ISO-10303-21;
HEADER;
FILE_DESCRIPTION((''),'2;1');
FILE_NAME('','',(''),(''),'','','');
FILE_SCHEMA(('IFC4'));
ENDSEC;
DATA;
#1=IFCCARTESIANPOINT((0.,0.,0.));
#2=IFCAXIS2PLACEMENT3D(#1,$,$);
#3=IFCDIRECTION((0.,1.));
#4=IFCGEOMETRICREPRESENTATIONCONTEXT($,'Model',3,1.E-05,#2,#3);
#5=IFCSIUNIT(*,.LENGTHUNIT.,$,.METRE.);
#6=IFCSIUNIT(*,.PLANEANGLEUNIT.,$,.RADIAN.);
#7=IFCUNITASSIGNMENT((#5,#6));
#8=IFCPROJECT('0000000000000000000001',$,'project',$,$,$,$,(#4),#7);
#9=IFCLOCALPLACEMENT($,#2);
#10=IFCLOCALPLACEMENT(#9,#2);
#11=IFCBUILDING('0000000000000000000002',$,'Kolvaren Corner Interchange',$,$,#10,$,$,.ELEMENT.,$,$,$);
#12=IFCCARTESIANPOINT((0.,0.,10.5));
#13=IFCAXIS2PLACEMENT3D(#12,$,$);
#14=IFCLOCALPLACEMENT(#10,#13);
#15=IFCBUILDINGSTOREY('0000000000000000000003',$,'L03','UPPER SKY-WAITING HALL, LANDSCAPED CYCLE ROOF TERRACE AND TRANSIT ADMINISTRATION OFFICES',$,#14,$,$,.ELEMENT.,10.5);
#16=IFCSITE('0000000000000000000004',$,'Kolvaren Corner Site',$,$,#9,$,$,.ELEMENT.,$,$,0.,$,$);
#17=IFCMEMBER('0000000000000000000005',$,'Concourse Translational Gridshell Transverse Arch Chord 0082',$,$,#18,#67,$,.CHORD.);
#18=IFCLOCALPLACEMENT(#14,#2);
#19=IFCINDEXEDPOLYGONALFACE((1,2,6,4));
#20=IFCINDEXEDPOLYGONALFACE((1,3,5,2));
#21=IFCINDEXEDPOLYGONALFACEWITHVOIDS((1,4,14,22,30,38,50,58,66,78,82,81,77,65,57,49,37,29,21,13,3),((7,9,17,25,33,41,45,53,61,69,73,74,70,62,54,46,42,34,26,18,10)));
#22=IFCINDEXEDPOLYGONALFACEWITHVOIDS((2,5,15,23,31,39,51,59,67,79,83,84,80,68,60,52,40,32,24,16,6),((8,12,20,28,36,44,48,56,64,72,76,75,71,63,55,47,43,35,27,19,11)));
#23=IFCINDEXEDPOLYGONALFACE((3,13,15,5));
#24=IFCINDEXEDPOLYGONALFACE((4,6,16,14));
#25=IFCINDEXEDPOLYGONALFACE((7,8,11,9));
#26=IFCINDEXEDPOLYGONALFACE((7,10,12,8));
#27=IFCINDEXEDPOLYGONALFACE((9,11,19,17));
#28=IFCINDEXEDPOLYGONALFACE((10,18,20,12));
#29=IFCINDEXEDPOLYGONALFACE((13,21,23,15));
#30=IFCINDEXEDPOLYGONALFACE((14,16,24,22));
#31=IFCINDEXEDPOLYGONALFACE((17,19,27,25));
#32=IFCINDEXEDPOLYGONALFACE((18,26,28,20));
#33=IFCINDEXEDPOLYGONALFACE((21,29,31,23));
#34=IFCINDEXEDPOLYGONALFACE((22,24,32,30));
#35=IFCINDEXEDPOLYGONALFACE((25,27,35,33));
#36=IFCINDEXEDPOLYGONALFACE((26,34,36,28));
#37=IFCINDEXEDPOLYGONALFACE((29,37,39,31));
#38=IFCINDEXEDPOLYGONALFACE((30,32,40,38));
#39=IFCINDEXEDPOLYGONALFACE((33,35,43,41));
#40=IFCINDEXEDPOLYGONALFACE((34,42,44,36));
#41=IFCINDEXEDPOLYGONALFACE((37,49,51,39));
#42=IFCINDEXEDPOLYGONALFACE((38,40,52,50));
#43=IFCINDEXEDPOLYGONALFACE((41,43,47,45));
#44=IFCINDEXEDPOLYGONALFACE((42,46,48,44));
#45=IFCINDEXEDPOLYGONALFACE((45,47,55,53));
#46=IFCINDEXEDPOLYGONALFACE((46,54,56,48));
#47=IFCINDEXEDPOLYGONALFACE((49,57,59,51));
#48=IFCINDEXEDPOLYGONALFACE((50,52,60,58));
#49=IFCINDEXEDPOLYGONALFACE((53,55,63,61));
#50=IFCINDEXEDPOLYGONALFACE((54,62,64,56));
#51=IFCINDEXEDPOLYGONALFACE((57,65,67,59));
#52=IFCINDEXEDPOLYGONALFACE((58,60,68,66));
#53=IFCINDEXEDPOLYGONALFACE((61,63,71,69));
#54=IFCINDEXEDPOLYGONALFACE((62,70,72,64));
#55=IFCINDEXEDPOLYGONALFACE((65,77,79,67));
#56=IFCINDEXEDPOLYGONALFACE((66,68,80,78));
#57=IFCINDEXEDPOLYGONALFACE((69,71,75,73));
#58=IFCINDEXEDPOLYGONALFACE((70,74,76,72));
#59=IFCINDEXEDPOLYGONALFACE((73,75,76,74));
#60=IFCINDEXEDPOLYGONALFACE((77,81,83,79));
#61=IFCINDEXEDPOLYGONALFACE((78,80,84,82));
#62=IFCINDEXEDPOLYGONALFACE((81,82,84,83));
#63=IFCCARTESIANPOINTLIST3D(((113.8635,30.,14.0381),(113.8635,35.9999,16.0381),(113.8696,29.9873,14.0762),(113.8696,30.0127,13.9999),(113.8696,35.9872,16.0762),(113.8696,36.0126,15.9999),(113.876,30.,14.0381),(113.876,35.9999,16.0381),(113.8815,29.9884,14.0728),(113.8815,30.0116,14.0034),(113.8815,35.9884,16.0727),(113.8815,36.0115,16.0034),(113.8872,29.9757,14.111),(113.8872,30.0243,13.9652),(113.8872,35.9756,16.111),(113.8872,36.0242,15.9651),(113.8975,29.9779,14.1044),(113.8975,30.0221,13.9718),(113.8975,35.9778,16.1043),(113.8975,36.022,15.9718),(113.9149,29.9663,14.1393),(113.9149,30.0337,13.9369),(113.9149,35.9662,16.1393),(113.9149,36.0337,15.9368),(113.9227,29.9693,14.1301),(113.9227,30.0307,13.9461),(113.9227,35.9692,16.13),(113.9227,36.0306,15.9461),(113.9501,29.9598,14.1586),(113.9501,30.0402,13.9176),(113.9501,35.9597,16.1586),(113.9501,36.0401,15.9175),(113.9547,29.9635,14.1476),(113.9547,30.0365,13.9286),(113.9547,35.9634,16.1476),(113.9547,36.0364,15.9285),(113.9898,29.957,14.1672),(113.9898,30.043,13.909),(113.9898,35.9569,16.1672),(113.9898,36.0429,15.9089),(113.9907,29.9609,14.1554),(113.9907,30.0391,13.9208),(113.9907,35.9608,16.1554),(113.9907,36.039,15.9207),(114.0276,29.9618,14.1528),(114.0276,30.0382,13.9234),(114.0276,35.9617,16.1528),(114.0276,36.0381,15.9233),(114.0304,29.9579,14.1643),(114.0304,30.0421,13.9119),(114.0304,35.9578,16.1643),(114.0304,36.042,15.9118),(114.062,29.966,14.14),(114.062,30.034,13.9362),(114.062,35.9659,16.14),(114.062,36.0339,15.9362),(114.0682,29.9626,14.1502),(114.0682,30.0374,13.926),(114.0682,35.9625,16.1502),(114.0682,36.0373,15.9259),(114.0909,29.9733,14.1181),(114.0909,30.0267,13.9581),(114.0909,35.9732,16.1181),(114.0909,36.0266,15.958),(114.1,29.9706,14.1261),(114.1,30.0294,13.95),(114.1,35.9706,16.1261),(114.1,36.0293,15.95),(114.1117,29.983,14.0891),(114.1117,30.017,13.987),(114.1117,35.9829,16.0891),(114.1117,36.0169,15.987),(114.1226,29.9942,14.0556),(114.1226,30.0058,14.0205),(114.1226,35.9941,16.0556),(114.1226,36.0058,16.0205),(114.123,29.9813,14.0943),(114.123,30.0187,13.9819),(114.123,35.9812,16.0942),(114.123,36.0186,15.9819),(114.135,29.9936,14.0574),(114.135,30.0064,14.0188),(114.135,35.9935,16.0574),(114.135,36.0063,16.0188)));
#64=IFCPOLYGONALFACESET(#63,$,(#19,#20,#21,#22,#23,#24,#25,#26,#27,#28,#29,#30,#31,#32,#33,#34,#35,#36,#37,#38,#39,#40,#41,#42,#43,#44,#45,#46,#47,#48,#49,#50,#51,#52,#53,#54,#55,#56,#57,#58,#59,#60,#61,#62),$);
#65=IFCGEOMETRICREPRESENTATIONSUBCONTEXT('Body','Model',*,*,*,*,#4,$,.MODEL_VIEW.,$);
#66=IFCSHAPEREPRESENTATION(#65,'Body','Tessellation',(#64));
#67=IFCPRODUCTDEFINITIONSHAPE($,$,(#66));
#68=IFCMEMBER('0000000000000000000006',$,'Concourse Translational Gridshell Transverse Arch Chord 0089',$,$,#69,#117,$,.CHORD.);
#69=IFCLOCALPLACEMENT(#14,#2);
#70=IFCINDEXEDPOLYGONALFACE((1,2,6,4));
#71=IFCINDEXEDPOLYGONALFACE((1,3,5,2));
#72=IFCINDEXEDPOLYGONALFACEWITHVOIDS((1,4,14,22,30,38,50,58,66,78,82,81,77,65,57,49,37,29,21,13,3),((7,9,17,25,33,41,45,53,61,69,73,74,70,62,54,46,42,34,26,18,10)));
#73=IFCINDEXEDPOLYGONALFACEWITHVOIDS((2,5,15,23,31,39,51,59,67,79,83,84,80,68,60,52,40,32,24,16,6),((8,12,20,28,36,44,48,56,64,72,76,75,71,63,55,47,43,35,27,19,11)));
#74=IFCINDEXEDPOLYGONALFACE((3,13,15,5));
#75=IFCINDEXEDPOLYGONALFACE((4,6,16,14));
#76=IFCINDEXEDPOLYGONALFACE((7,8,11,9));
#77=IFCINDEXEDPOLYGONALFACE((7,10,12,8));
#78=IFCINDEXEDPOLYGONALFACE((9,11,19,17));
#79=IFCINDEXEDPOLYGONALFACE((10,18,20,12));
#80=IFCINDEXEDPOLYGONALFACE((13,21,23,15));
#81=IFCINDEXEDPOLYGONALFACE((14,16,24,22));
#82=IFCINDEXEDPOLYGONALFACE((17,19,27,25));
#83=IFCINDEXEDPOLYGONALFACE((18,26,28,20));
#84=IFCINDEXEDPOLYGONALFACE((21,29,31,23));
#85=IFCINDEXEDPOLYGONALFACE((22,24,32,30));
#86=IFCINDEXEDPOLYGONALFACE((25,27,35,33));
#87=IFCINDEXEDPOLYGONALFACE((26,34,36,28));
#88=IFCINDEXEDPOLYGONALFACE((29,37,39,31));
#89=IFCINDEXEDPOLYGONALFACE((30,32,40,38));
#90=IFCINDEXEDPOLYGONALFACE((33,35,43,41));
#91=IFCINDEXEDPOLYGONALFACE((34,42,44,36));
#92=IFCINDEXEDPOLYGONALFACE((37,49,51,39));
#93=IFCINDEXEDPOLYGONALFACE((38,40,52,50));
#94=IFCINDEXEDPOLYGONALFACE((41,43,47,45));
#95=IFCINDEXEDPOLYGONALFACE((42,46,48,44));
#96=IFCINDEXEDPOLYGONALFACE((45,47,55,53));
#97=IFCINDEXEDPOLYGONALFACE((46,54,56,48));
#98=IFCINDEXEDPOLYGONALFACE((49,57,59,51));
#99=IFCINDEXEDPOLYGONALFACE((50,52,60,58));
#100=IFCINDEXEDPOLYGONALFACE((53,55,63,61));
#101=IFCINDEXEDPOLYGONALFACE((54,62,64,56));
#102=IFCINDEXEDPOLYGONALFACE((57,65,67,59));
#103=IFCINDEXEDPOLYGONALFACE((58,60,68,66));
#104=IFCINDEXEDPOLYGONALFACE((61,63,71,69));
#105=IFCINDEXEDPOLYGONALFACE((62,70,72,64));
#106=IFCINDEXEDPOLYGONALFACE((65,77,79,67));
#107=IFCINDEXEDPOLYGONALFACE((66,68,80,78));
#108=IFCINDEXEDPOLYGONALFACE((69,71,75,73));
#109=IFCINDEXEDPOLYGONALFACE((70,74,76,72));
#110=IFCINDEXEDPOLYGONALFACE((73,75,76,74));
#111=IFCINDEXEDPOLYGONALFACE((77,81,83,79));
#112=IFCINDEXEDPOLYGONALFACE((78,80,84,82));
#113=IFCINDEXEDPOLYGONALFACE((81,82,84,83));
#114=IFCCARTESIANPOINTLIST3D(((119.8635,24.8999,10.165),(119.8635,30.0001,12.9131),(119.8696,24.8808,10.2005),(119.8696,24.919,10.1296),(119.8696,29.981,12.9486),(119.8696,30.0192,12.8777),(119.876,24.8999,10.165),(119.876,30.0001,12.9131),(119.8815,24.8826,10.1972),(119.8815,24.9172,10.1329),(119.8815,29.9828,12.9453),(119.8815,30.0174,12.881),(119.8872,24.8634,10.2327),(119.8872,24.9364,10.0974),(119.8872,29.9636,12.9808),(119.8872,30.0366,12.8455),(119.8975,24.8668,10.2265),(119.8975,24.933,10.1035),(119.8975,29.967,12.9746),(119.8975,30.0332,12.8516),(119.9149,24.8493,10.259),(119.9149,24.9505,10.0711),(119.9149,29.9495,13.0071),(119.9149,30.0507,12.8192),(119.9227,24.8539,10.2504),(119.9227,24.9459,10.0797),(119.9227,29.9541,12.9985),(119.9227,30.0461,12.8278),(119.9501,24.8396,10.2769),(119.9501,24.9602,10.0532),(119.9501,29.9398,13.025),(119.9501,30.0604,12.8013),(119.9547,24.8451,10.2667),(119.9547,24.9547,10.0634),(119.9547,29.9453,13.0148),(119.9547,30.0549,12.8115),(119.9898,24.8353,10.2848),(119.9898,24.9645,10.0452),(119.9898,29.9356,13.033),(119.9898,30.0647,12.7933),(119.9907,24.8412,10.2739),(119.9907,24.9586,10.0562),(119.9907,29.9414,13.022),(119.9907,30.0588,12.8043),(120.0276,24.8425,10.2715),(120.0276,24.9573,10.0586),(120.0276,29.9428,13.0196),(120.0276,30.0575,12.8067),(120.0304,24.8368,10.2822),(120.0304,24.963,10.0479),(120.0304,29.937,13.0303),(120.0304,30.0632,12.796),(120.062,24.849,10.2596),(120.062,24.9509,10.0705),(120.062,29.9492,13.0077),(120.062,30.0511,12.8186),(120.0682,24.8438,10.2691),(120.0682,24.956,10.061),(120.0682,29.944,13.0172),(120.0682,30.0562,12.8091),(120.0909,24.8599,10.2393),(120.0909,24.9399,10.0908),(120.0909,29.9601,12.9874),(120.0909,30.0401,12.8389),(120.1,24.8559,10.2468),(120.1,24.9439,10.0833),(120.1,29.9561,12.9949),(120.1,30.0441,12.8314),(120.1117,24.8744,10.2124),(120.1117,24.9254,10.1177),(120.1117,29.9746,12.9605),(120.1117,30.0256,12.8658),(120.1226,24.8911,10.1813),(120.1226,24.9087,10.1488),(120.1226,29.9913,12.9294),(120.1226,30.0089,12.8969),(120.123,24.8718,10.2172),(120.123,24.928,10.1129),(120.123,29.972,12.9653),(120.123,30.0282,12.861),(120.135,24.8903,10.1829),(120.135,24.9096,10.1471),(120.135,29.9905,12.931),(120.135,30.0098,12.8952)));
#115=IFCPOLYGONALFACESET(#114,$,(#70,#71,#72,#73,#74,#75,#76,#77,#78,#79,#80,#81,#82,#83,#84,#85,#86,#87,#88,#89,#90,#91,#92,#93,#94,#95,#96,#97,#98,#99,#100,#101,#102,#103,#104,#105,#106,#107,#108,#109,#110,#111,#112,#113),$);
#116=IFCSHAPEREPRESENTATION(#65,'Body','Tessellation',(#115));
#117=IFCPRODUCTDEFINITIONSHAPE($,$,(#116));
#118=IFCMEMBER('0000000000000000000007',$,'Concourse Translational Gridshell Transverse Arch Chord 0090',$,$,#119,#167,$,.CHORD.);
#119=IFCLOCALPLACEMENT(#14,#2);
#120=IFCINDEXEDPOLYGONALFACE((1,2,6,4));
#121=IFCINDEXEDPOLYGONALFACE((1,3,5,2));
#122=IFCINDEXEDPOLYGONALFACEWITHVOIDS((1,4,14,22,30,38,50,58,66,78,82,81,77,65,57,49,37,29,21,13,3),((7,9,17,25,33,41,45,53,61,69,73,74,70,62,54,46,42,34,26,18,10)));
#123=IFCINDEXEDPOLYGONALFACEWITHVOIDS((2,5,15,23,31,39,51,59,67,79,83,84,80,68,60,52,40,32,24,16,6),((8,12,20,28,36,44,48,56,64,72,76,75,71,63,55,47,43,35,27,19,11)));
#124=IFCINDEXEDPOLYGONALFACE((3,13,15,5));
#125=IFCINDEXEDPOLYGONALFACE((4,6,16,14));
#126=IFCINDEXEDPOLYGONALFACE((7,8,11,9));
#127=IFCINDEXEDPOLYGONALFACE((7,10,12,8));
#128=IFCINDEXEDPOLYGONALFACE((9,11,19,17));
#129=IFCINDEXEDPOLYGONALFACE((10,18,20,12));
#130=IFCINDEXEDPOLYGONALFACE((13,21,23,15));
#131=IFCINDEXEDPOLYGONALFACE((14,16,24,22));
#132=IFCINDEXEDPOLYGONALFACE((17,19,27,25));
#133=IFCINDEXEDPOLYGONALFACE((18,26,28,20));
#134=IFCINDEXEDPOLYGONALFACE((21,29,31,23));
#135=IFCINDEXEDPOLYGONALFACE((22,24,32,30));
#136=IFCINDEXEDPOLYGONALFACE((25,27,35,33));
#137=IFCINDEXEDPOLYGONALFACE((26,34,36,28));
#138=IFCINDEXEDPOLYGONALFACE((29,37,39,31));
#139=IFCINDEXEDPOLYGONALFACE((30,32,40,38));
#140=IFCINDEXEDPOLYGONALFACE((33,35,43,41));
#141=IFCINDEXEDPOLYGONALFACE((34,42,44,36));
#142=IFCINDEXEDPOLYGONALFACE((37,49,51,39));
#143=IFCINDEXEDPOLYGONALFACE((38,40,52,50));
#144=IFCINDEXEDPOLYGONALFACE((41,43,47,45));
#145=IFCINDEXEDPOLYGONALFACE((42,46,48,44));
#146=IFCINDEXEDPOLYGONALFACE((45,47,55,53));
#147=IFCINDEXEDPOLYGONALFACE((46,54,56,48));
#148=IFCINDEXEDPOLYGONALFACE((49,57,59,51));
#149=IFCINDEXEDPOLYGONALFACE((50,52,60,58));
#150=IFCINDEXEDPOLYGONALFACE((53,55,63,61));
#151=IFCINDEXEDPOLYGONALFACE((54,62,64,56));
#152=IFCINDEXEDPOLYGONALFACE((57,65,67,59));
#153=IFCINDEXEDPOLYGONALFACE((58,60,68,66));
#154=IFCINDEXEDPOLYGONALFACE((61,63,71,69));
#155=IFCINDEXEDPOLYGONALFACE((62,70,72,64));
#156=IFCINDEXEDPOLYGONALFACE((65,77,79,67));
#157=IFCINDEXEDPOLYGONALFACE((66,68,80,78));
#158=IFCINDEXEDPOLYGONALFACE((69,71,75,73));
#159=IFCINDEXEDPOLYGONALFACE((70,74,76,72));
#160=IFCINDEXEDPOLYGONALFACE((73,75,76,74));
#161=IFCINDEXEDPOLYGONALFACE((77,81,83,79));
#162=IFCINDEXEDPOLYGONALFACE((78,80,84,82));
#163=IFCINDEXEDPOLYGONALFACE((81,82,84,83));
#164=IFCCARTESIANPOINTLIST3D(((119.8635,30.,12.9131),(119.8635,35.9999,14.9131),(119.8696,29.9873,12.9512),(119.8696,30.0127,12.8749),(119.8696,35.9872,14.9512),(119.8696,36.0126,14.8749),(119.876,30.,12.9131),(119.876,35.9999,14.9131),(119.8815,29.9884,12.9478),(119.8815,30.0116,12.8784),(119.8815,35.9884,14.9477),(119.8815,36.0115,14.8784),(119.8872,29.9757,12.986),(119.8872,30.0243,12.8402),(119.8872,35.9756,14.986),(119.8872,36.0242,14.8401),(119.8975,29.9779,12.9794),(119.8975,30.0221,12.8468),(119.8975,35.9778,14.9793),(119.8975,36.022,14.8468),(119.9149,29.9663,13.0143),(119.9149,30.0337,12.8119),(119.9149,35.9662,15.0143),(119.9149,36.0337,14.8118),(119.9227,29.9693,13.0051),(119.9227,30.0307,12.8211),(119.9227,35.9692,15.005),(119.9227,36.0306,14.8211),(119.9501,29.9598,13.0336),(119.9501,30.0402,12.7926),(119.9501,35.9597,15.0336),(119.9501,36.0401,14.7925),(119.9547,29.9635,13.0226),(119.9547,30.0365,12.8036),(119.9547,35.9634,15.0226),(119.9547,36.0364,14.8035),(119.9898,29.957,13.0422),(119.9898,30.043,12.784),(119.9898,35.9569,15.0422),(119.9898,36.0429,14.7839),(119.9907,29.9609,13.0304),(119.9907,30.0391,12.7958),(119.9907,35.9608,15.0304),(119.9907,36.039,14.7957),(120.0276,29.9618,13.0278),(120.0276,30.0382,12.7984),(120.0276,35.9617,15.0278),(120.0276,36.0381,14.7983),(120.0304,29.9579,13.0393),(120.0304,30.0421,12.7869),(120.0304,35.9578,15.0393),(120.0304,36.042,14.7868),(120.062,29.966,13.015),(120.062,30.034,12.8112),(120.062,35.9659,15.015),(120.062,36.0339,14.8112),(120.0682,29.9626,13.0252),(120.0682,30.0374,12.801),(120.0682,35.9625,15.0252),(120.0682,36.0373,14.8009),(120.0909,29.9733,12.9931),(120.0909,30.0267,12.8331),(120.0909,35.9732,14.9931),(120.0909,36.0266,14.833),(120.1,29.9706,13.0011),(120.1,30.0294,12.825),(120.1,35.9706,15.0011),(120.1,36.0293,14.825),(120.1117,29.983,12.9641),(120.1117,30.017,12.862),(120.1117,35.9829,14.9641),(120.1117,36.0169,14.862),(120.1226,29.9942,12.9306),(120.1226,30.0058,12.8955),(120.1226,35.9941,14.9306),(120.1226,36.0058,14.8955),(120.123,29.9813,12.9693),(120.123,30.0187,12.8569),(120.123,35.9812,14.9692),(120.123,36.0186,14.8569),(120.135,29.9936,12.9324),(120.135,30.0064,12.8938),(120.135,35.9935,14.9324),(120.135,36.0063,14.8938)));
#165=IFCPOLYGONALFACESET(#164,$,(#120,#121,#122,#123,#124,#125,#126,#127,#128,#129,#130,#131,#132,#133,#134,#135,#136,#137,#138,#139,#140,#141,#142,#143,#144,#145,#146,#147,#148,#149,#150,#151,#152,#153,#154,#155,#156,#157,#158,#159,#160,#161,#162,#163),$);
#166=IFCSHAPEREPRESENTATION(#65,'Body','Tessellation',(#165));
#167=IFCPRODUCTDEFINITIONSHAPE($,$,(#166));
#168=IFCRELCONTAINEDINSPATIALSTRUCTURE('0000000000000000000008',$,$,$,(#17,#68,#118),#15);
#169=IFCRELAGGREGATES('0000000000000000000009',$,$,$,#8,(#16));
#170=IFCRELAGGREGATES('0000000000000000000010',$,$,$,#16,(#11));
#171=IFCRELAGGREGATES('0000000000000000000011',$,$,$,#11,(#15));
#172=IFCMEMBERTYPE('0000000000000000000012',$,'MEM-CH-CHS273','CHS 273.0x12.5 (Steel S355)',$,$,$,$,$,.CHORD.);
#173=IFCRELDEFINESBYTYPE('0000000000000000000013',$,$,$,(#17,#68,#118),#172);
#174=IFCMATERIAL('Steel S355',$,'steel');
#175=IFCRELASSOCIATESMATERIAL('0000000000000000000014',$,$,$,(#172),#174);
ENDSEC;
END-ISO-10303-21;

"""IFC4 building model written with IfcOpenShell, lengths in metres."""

from ifc_helpers import new_model, si_unit, direction, frame, origin, origin_2d, place, context, subcontext, project, spatial, hollow_circle, extrude, material, material_profile, profile_set, type_object, element, save


model = new_model("IFC4")

# Units and contexts
model_context = context("Model", 3, precision=1e-05, world=origin(), true_north=direction((0.0, 1.0)))
body_context = subcontext(model_context, "Body", "Model", "MODEL_VIEW")
ifc_project = project(units=[si_unit("LENGTHUNIT", "METRE"), si_unit("PLANEANGLEUNIT", "RADIAN")], contexts=[model_context])

# Site, building, storey
site_placement = place(None, origin())
site = spatial("IfcSite", under=ifc_project, at=site_placement, Name="Kolvaren Corner Site", CompositionType="ELEMENT", RefElevation=0.0)
building_placement = place(site_placement, origin())
building = spatial("IfcBuilding", under=site, at=building_placement, Name="Kolvaren Corner Interchange", CompositionType="ELEMENT")
storey_placement = place(building_placement, frame((0.0, 0.0, 10.5)))
storey = spatial("IfcBuildingStorey", under=building, at=storey_placement, Name="L03", Description="UPPER SKY-WAITING HALL, LANDSCAPED CYCLE ROOF TERRACE AND TRANSIT ADMINISTRATION OFFICES", CompositionType="ELEMENT", Elevation=10.5)

# Members
ifc_material_1 = material(Name="Steel S355", Category="steel")
ifc_material_profile_1 = material_profile(ifc_material_1, hollow_circle(Radius=0.1365, WallThickness=0.0125, at=origin_2d()), Name="CHS 273.0x12.5")
ifc_profile_set_1 = profile_set([ifc_material_profile_1], Name="Steel S355")
member_type_1 = type_object("IfcMemberType", Name="MEM-CH-CHS273", Description="CHS 273.0x12.5 (Steel S355)", PredefinedType="CHORD", material=ifc_profile_set_1)
member_1_placement = place(storey_placement, frame((114.0, 30.0, 14.0381), z_axis=(0.0, 0.948683, 0.316228), x_axis=(-1.0, 0.0, 0.0)))
element("IfcMember", 1, at=member_1_placement, inside=storey, type_object=member_type_1, Name="Concourse Translational Gridshell Transverse Arch Chord 0082", PredefinedType="CHORD", context=body_context, shape_type="SweptSolid", body=[
    extrude(hollow_circle(Radius=0.1365, WallThickness=0.0125, at=origin_2d()), origin(), (0.0, 0.0, 1.0), 6.3245),
])
member_2_placement = place(storey_placement, frame((120.0, 24.8999, 10.165), z_axis=(0.0, 0.880338, 0.474346), x_axis=(-1.0, 0.0, 0.0)))
element("IfcMember", 2, at=member_2_placement, inside=storey, type_object=member_type_1, Name="Concourse Translational Gridshell Transverse Arch Chord 0089", PredefinedType="CHORD", context=body_context, shape_type="SweptSolid", body=[
    extrude(hollow_circle(Radius=0.1365, WallThickness=0.0125, at=origin_2d()), origin(), (0.0, 0.0, 1.0), 5.7935),
])
member_3_placement = place(storey_placement, frame((120.0, 30.0, 12.9131), z_axis=(0.0, 0.948683, 0.316228), x_axis=(-1.0, 0.0, 0.0)))
element("IfcMember", 3, at=member_3_placement, inside=storey, type_object=member_type_1, Name="Concourse Translational Gridshell Transverse Arch Chord 0090", PredefinedType="CHORD", context=body_context, shape_type="SweptSolid", body=[
    extrude(hollow_circle(Radius=0.1365, WallThickness=0.0125, at=origin_2d()), origin(), (0.0, 0.0, 1.0), 6.3245),
])

save(model, "model.ifc")
